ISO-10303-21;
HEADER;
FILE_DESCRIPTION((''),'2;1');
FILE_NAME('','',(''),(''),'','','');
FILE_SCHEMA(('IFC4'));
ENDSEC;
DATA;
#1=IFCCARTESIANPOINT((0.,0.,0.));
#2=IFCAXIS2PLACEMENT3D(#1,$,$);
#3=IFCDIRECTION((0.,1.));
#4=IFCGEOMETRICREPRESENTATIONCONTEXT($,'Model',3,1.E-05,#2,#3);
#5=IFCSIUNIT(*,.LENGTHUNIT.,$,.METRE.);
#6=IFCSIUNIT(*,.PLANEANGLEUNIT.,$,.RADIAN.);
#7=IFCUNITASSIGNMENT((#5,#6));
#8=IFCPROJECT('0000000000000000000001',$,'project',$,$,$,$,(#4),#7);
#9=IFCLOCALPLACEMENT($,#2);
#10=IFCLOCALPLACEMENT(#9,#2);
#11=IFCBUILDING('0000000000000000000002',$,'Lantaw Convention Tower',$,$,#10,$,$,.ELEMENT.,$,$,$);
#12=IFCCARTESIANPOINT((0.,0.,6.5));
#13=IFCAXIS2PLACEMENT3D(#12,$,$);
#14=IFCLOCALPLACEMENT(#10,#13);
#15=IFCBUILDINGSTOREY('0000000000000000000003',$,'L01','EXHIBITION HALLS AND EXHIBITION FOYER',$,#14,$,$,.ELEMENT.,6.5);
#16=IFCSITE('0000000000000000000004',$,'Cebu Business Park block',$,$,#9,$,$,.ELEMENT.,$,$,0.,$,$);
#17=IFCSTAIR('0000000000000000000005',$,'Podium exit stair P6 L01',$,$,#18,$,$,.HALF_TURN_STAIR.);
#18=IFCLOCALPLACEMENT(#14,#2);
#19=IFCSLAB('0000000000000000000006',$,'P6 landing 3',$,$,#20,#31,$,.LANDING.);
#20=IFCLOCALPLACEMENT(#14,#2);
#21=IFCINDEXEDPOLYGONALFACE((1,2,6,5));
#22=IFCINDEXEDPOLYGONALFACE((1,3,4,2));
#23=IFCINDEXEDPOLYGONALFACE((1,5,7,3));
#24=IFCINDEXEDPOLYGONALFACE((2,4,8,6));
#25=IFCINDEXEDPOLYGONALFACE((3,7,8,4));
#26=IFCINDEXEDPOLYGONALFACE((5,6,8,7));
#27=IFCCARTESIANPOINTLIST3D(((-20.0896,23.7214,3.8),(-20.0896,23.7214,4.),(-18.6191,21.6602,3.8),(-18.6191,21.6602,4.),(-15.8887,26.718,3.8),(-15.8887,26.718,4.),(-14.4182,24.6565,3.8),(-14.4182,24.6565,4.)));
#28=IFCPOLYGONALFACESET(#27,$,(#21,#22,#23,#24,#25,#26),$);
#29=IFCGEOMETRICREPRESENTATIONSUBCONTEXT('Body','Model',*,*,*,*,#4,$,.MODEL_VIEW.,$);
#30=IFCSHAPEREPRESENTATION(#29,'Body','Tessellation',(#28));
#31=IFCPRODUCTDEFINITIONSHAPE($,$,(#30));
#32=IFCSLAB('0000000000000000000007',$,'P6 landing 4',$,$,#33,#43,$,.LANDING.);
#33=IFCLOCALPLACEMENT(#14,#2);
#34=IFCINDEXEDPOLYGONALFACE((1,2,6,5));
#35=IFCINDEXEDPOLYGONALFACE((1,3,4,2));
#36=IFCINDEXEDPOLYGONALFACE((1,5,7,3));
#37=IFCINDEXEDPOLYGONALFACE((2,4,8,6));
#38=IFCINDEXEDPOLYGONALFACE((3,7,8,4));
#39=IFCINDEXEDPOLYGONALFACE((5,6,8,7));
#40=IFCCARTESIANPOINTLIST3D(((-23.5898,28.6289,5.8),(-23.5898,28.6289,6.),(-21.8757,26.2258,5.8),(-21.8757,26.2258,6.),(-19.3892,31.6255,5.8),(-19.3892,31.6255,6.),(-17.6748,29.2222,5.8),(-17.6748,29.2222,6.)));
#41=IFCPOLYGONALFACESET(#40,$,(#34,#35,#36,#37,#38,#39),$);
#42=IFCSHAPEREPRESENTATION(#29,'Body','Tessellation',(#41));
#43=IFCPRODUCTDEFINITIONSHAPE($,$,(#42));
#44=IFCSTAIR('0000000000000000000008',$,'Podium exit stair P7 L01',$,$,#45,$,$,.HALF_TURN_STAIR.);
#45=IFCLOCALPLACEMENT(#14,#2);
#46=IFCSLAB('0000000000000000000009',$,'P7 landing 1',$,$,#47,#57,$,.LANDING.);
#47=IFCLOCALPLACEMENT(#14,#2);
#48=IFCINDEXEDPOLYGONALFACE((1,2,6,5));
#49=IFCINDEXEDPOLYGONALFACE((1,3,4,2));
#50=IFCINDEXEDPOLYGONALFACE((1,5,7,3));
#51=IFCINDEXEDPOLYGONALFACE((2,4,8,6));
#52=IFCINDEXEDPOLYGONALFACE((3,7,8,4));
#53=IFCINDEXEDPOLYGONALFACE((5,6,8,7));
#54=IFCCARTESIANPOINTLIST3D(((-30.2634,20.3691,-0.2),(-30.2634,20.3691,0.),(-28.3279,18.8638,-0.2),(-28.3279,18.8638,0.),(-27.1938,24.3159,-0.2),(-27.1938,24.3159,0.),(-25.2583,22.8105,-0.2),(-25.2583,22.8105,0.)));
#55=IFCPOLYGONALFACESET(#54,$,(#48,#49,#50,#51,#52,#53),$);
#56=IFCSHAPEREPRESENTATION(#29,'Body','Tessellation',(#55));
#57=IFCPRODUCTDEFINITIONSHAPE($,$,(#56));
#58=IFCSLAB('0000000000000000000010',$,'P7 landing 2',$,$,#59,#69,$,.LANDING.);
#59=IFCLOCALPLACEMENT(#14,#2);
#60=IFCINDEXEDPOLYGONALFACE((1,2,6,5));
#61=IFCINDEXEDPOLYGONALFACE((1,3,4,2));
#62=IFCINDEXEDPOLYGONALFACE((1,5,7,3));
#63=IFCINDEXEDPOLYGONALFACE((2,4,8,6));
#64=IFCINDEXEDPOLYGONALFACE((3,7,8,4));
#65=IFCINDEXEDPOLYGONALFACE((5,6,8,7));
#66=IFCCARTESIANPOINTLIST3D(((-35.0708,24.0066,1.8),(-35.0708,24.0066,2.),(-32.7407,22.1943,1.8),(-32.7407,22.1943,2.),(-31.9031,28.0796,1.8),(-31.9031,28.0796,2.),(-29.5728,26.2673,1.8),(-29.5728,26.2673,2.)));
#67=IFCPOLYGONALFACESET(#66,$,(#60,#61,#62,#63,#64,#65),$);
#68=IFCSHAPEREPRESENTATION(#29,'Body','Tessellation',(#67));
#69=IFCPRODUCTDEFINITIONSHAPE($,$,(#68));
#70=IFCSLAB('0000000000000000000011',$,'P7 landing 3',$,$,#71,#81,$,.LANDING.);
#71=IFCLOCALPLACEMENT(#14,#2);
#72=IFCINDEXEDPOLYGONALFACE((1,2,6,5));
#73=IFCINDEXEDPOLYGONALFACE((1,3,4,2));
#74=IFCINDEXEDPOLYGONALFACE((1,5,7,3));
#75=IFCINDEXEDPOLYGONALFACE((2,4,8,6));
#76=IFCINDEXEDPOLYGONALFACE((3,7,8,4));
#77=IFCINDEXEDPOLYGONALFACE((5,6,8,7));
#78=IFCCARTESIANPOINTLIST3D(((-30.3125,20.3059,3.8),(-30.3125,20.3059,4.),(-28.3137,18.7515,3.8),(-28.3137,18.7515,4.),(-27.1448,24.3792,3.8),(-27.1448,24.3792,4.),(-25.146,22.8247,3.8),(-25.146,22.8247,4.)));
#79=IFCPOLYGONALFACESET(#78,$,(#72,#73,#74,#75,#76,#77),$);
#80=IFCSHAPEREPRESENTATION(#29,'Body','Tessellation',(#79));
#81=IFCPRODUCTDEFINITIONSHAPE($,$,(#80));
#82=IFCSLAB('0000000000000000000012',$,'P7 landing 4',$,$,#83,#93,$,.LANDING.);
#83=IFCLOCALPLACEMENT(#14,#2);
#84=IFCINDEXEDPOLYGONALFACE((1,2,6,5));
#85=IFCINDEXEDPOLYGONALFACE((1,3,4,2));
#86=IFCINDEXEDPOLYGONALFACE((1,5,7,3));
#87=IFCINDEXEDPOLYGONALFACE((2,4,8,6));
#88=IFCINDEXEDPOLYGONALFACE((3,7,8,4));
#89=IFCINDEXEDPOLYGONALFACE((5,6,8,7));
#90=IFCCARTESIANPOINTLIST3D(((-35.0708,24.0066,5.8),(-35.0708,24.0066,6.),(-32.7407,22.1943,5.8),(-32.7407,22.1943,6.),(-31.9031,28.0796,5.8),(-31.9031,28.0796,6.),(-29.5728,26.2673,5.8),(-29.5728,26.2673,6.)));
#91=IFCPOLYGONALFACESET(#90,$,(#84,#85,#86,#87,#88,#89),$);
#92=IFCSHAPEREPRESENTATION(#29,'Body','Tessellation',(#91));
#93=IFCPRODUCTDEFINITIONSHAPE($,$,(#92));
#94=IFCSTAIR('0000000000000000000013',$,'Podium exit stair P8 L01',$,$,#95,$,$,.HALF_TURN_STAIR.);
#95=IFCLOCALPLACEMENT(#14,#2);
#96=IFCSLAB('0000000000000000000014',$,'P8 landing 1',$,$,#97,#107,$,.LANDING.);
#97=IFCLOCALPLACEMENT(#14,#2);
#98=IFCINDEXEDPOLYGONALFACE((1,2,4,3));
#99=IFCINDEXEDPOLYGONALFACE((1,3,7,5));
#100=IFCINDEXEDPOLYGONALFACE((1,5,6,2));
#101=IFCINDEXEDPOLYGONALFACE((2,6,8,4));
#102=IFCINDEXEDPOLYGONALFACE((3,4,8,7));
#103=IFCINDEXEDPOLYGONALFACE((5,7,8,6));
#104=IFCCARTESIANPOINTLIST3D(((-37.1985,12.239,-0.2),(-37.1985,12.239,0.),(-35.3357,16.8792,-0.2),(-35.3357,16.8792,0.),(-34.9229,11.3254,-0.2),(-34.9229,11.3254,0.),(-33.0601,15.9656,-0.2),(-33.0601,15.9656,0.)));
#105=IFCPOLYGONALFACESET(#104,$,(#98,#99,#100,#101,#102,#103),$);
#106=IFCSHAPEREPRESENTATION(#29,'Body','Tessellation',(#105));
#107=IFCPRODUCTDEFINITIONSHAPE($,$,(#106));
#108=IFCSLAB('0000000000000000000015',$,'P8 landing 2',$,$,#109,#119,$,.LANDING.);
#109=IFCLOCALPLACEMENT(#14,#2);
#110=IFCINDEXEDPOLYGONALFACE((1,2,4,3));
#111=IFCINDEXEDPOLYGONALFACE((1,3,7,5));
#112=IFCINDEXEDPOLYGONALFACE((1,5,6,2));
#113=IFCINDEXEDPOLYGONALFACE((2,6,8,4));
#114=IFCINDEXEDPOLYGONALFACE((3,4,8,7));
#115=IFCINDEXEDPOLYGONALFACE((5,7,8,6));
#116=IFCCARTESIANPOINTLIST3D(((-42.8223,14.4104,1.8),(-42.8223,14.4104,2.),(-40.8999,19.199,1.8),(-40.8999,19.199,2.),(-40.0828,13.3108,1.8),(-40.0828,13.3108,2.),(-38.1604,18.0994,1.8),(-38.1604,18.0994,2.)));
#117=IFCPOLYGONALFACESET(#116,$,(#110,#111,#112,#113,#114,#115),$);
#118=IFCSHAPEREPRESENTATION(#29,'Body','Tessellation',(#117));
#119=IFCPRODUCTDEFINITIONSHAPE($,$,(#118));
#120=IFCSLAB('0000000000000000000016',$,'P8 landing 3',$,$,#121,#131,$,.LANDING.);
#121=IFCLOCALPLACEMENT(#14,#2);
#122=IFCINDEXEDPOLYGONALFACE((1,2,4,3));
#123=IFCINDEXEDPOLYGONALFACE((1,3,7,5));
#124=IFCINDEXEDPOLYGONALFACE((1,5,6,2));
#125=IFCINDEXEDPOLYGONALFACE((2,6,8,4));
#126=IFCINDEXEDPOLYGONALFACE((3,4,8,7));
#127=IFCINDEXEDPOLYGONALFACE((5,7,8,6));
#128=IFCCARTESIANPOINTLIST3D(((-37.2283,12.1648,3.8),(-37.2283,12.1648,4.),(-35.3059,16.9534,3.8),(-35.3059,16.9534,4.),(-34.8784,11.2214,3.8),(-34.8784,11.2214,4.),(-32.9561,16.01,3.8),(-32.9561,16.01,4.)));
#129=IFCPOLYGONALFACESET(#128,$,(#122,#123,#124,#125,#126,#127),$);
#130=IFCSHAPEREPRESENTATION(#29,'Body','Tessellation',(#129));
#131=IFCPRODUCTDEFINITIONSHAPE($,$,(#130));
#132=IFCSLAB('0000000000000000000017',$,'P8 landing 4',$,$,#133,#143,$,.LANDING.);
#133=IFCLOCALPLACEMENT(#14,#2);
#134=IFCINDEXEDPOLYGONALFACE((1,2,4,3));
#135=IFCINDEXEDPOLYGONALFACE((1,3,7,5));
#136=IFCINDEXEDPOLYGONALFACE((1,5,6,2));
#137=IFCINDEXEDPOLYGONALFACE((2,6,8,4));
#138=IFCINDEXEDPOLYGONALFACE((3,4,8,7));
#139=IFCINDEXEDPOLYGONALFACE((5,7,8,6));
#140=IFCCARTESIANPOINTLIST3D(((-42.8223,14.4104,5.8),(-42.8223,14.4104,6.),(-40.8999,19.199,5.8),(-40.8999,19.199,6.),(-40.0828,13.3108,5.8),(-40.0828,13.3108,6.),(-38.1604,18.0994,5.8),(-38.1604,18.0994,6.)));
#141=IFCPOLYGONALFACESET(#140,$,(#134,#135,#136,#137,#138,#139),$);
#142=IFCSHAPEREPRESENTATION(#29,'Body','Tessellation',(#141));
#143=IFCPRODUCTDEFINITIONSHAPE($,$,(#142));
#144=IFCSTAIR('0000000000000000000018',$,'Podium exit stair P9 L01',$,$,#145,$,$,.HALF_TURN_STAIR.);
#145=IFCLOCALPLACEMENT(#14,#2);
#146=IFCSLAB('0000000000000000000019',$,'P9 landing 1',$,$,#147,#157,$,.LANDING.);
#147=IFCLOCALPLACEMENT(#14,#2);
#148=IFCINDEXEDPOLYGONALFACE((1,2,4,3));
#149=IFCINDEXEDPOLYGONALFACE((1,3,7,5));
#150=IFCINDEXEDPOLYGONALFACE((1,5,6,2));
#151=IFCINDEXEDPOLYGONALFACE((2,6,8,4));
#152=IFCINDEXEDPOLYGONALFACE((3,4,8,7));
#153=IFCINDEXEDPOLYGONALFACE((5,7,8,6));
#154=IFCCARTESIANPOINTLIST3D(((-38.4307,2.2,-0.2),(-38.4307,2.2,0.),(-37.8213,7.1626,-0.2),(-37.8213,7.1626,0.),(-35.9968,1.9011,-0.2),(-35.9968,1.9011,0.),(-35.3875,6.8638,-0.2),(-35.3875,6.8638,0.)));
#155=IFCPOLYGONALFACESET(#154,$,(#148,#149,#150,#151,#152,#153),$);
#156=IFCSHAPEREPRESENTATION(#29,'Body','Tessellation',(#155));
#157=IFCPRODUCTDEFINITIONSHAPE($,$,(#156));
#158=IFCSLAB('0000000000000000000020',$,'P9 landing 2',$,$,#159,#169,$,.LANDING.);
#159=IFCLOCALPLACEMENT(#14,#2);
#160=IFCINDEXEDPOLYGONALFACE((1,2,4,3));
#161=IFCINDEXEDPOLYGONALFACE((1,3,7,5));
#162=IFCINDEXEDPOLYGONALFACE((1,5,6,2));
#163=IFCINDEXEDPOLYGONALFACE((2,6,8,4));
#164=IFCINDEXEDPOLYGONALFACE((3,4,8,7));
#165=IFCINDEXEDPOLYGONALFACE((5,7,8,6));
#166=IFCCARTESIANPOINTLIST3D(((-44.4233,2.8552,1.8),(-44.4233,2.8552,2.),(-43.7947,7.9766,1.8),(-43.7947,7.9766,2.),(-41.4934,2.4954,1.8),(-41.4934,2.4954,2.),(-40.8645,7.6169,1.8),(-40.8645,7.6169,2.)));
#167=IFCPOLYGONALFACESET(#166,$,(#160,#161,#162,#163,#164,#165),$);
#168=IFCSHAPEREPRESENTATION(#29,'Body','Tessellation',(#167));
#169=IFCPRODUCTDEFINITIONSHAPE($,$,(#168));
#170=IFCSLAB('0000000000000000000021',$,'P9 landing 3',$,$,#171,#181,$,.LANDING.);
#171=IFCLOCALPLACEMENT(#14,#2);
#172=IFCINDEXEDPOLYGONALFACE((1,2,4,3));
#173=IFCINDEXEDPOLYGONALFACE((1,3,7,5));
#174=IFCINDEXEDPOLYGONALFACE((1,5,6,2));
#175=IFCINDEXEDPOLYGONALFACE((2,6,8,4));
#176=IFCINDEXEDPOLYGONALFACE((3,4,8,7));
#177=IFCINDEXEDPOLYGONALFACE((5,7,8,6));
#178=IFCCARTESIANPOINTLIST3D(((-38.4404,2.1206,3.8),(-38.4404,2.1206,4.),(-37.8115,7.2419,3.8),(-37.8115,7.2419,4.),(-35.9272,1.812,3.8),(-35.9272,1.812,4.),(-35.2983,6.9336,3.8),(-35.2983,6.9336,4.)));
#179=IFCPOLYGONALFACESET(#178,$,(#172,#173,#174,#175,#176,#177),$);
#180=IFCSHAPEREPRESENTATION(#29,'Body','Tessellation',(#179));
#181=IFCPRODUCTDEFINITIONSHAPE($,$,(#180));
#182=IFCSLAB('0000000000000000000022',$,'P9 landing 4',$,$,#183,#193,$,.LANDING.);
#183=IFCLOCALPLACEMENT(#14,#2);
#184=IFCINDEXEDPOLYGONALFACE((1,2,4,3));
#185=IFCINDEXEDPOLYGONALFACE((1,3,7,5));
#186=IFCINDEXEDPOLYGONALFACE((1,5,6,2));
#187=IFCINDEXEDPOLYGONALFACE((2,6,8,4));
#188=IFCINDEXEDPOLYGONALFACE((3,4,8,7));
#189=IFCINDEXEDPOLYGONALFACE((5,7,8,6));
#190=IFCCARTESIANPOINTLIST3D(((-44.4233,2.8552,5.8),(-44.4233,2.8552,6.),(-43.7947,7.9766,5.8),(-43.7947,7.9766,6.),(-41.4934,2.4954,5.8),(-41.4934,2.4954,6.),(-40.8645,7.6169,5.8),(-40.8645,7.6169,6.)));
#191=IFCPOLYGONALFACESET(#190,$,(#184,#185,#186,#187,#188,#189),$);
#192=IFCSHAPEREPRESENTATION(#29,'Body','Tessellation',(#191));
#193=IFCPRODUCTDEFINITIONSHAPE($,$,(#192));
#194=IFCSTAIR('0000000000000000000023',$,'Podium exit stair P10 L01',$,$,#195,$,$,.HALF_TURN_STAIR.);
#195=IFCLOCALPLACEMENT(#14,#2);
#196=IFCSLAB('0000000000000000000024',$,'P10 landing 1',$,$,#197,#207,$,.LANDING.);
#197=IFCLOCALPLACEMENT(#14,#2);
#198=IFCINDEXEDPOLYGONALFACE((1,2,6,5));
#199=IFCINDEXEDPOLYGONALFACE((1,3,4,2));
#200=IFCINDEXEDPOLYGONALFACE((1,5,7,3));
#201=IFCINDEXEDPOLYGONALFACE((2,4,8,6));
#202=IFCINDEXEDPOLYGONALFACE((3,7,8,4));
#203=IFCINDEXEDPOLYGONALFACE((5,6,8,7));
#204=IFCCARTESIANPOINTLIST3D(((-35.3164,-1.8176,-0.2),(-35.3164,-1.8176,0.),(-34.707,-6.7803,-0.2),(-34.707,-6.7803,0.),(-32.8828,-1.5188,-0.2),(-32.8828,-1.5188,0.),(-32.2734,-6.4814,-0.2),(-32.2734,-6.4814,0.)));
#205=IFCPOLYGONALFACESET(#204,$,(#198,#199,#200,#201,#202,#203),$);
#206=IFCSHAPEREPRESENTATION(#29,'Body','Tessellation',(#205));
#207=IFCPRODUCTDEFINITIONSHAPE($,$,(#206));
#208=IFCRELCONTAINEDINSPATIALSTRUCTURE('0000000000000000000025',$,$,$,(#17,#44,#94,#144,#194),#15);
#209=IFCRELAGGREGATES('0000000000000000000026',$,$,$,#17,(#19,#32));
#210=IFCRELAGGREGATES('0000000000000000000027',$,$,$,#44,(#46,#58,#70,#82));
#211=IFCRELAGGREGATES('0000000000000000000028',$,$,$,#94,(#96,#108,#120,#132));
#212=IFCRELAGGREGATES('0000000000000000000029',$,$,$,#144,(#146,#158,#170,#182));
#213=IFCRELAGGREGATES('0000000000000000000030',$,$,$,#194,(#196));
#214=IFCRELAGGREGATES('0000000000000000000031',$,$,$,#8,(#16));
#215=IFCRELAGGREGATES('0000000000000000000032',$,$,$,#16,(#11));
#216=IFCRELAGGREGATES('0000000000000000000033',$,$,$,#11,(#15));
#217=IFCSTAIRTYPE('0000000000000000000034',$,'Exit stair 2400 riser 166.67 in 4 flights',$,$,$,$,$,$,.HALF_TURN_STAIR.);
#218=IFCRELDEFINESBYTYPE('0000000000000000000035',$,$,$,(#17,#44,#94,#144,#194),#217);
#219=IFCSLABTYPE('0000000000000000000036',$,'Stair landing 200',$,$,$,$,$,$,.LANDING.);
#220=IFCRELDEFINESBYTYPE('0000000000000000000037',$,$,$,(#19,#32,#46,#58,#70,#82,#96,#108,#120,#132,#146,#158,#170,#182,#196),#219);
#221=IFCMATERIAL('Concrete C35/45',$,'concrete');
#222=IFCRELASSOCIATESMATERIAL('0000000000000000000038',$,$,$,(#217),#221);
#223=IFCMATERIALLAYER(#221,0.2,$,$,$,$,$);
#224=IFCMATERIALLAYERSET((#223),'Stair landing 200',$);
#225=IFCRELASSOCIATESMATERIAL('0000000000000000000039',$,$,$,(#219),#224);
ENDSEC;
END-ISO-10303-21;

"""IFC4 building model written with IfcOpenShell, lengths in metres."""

from ifc_helpers import new_model, si_unit, direction, frame, origin, place, context, subcontext, project, spatial, polyline, outline, extrude, material, layer, layer_set, type_object, element, aggregate, save


model = new_model("IFC4")

# Units and contexts
model_context = context("Model", 3, precision=1e-05, world=origin(), true_north=direction((0.0, 1.0)))
body_context = subcontext(model_context, "Body", "Model", "MODEL_VIEW")
ifc_project = project(units=[si_unit("LENGTHUNIT", "METRE"), si_unit("PLANEANGLEUNIT", "RADIAN")], contexts=[model_context])

# Site, building, storey
site_placement = place(None, origin())
site = spatial("IfcSite", under=ifc_project, at=site_placement, Name="Cebu Business Park block", CompositionType="ELEMENT", RefElevation=0.0)
building_placement = place(site_placement, origin())
building = spatial("IfcBuilding", under=site, at=building_placement, Name="Lantaw Convention Tower", CompositionType="ELEMENT")
storey_placement = place(building_placement, frame((0.0, 0.0, 6.5)))
storey = spatial("IfcBuildingStorey", under=building, at=storey_placement, Name="L01", Description="EXHIBITION HALLS AND EXHIBITION FOYER", CompositionType="ELEMENT", Elevation=6.5)

# Stairs, slabs
ifc_material = material(Name="Concrete C35/45", Category="concrete")
stair_type = type_object("IfcStairType", Name="Exit stair 2400 riser 166.67 in 4 flights", PredefinedType="HALF_TURN_STAIR", material=ifc_material)
stair_1_placement = place(storey_placement, origin())
stair_1 = element("IfcStair", 1, at=stair_1_placement, inside=storey, type_object=stair_type, Name="Podium exit stair P6 L01", PredefinedType="HALF_TURN_STAIR")
ifc_layer = layer(ifc_material, 0.2)
ifc_layer_set = layer_set([ifc_layer], Name="Stair landing 200")
slab_type = type_object("IfcSlabType", Name="Stair landing 200", PredefinedType="LANDING", material=ifc_layer_set)
slab_1_placement = place(storey_placement, frame((0.0, 0.0, 3.8)))
slab_1 = element("IfcSlab", 2, at=slab_1_placement, type_object=slab_type, Name="P6 landing 3", PredefinedType="LANDING", context=body_context, shape_type="SweptSolid", body=[
    extrude(outline(polyline([(-14.4182, 24.6565), (-15.8887, 26.718), (-20.0896, 23.7214), (-18.6191, 21.6602), (-14.4182, 24.6565)])), origin(), (0.0, 0.0, 1.0), 0.2),
])
slab_2_placement = place(storey_placement, frame((0.0, 0.0, 5.8)))
slab_2 = element("IfcSlab", 3, at=slab_2_placement, type_object=slab_type, Name="P6 landing 4", PredefinedType="LANDING", context=body_context, shape_type="SweptSolid", body=[
    extrude(outline(polyline([(-17.6748, 29.2222), (-19.3892, 31.6255), (-23.5898, 28.6289), (-21.8757, 26.2258), (-17.6748, 29.2222)])), origin(), (0.0, 0.0, 1.0), 0.2),
])
aggregate(stair_1, [slab_1, slab_2])
stair_2_placement = place(storey_placement, origin())
stair_2 = element("IfcStair", 4, at=stair_2_placement, inside=storey, type_object=stair_type, Name="Podium exit stair P7 L01", PredefinedType="HALF_TURN_STAIR")
slab_3_placement = place(storey_placement, frame((0.0, 0.0, -0.2)))
slab_3 = element("IfcSlab", 5, at=slab_3_placement, type_object=slab_type, Name="P7 landing 1", PredefinedType="LANDING", context=body_context, shape_type="SweptSolid", body=[
    extrude(outline(polyline([(-25.2583, 22.8105), (-27.1938, 24.3159), (-30.2634, 20.3691), (-28.3279, 18.8638), (-25.2583, 22.8105)])), origin(), (0.0, 0.0, 1.0), 0.2),
])
slab_4_placement = place(storey_placement, frame((0.0, 0.0, 1.8)))
slab_4 = element("IfcSlab", 6, at=slab_4_placement, type_object=slab_type, Name="P7 landing 2", PredefinedType="LANDING", context=body_context, shape_type="SweptSolid", body=[
    extrude(outline(polyline([(-29.5728, 26.2673), (-31.9031, 28.0796), (-35.0708, 24.0066), (-32.7407, 22.1943), (-29.5728, 26.2673)])), origin(), (0.0, 0.0, 1.0), 0.2),
])
slab_5_placement = place(storey_placement, frame((0.0, 0.0, 3.8)))
slab_5 = element("IfcSlab", 7, at=slab_5_placement, type_object=slab_type, Name="P7 landing 3", PredefinedType="LANDING", context=body_context, shape_type="SweptSolid", body=[
    extrude(outline(polyline([(-25.146, 22.8247), (-27.1448, 24.3792), (-30.3125, 20.3059), (-28.3137, 18.7515), (-25.146, 22.8247)])), origin(), (0.0, 0.0, 1.0), 0.2),
])
slab_6_placement = place(storey_placement, frame((0.0, 0.0, 5.8)))
slab_6 = element("IfcSlab", 8, at=slab_6_placement, type_object=slab_type, Name="P7 landing 4", PredefinedType="LANDING", context=body_context, shape_type="SweptSolid", body=[
    extrude(outline(polyline([(-29.5728, 26.2673), (-31.9031, 28.0796), (-35.0708, 24.0066), (-32.7407, 22.1943), (-29.5728, 26.2673)])), origin(), (0.0, 0.0, 1.0), 0.2),
])
aggregate(stair_2, [slab_3, slab_4, slab_5, slab_6])
stair_3_placement = place(storey_placement, origin())
stair_3 = element("IfcStair", 9, at=stair_3_placement, inside=storey, type_object=stair_type, Name="Podium exit stair P8 L01", PredefinedType="HALF_TURN_STAIR")
slab_7_placement = place(storey_placement, frame((0.0, 0.0, -0.2)))
slab_7 = element("IfcSlab", 10, at=slab_7_placement, type_object=slab_type, Name="P8 landing 1", PredefinedType="LANDING", context=body_context, shape_type="SweptSolid", body=[
    extrude(outline(polyline([(-33.0601, 15.9656), (-35.3357, 16.8792), (-37.1985, 12.239), (-34.9229, 11.3254), (-33.0601, 15.9656)])), origin(), (0.0, 0.0, 1.0), 0.2),
])
slab_8_placement = place(storey_placement, frame((0.0, 0.0, 1.8)))
slab_8 = element("IfcSlab", 11, at=slab_8_placement, type_object=slab_type, Name="P8 landing 2", PredefinedType="LANDING", context=body_context, shape_type="SweptSolid", body=[
    extrude(outline(polyline([(-38.1604, 18.0994), (-40.8999, 19.199), (-42.8223, 14.4104), (-40.0828, 13.3108), (-38.1604, 18.0994)])), origin(), (0.0, 0.0, 1.0), 0.2),
])
slab_9_placement = place(storey_placement, frame((0.0, 0.0, 3.8)))
slab_9 = element("IfcSlab", 12, at=slab_9_placement, type_object=slab_type, Name="P8 landing 3", PredefinedType="LANDING", context=body_context, shape_type="SweptSolid", body=[
    extrude(outline(polyline([(-32.9561, 16.01), (-35.3059, 16.9534), (-37.2283, 12.1648), (-34.8784, 11.2214), (-32.9561, 16.01)])), origin(), (0.0, 0.0, 1.0), 0.2),
])
slab_10_placement = place(storey_placement, frame((0.0, 0.0, 5.8)))
slab_10 = element("IfcSlab", 13, at=slab_10_placement, type_object=slab_type, Name="P8 landing 4", PredefinedType="LANDING", context=body_context, shape_type="SweptSolid", body=[
    extrude(outline(polyline([(-38.1604, 18.0994), (-40.8999, 19.199), (-42.8223, 14.4104), (-40.0828, 13.3108), (-38.1604, 18.0994)])), origin(), (0.0, 0.0, 1.0), 0.2),
])
aggregate(stair_3, [slab_7, slab_8, slab_9, slab_10])
stair_4_placement = place(storey_placement, origin())
stair_4 = element("IfcStair", 14, at=stair_4_placement, inside=storey, type_object=stair_type, Name="Podium exit stair P9 L01", PredefinedType="HALF_TURN_STAIR")
slab_11_placement = place(storey_placement, frame((0.0, 0.0, -0.2)))
slab_11 = element("IfcSlab", 15, at=slab_11_placement, type_object=slab_type, Name="P9 landing 1", PredefinedType="LANDING", context=body_context, shape_type="SweptSolid", body=[
    extrude(outline(polyline([(-35.3875, 6.8638), (-37.8213, 7.1626), (-38.4307, 2.2), (-35.9968, 1.9011), (-35.3875, 6.8638)])), origin(), (0.0, 0.0, 1.0), 0.2),
])
slab_12_placement = place(storey_placement, frame((0.0, 0.0, 1.8)))
slab_12 = element("IfcSlab", 16, at=slab_12_placement, type_object=slab_type, Name="P9 landing 2", PredefinedType="LANDING", context=body_context, shape_type="SweptSolid", body=[
    extrude(outline(polyline([(-40.8645, 7.6169), (-43.7947, 7.9766), (-44.4233, 2.8552), (-41.4934, 2.4954), (-40.8645, 7.6169)])), origin(), (0.0, 0.0, 1.0), 0.2),
])
slab_13_placement = place(storey_placement, frame((0.0, 0.0, 3.8)))
slab_13 = element("IfcSlab", 17, at=slab_13_placement, type_object=slab_type, Name="P9 landing 3", PredefinedType="LANDING", context=body_context, shape_type="SweptSolid", body=[
    extrude(outline(polyline([(-35.2983, 6.9336), (-37.8115, 7.2419), (-38.4404, 2.1206), (-35.9272, 1.812), (-35.2983, 6.9336)])), origin(), (0.0, 0.0, 1.0), 0.2),
])
slab_14_placement = place(storey_placement, frame((0.0, 0.0, 5.8)))
slab_14 = element("IfcSlab", 18, at=slab_14_placement, type_object=slab_type, Name="P9 landing 4", PredefinedType="LANDING", context=body_context, shape_type="SweptSolid", body=[
    extrude(outline(polyline([(-40.8645, 7.6169), (-43.7947, 7.9766), (-44.4233, 2.8552), (-41.4934, 2.4954), (-40.8645, 7.6169)])), origin(), (0.0, 0.0, 1.0), 0.2),
])
aggregate(stair_4, [slab_11, slab_12, slab_13, slab_14])
stair_5_placement = place(storey_placement, origin())
stair_5 = element("IfcStair", 19, at=stair_5_placement, inside=storey, type_object=stair_type, Name="Podium exit stair P10 L01", PredefinedType="HALF_TURN_STAIR")
slab_15_placement = place(storey_placement, frame((0.0, 0.0, -0.2)))
slab_15 = element("IfcSlab", 20, at=slab_15_placement, type_object=slab_type, Name="P10 landing 1", PredefinedType="LANDING", context=body_context, shape_type="SweptSolid", body=[
    extrude(outline(polyline([(-32.8828, -1.5188), (-35.3164, -1.8176), (-34.707, -6.7803), (-32.2734, -6.4814), (-32.8828, -1.5188)])), origin(), (0.0, 0.0, 1.0), 0.2),
])
aggregate(stair_5, [slab_15])

save(model, "model.ifc")
